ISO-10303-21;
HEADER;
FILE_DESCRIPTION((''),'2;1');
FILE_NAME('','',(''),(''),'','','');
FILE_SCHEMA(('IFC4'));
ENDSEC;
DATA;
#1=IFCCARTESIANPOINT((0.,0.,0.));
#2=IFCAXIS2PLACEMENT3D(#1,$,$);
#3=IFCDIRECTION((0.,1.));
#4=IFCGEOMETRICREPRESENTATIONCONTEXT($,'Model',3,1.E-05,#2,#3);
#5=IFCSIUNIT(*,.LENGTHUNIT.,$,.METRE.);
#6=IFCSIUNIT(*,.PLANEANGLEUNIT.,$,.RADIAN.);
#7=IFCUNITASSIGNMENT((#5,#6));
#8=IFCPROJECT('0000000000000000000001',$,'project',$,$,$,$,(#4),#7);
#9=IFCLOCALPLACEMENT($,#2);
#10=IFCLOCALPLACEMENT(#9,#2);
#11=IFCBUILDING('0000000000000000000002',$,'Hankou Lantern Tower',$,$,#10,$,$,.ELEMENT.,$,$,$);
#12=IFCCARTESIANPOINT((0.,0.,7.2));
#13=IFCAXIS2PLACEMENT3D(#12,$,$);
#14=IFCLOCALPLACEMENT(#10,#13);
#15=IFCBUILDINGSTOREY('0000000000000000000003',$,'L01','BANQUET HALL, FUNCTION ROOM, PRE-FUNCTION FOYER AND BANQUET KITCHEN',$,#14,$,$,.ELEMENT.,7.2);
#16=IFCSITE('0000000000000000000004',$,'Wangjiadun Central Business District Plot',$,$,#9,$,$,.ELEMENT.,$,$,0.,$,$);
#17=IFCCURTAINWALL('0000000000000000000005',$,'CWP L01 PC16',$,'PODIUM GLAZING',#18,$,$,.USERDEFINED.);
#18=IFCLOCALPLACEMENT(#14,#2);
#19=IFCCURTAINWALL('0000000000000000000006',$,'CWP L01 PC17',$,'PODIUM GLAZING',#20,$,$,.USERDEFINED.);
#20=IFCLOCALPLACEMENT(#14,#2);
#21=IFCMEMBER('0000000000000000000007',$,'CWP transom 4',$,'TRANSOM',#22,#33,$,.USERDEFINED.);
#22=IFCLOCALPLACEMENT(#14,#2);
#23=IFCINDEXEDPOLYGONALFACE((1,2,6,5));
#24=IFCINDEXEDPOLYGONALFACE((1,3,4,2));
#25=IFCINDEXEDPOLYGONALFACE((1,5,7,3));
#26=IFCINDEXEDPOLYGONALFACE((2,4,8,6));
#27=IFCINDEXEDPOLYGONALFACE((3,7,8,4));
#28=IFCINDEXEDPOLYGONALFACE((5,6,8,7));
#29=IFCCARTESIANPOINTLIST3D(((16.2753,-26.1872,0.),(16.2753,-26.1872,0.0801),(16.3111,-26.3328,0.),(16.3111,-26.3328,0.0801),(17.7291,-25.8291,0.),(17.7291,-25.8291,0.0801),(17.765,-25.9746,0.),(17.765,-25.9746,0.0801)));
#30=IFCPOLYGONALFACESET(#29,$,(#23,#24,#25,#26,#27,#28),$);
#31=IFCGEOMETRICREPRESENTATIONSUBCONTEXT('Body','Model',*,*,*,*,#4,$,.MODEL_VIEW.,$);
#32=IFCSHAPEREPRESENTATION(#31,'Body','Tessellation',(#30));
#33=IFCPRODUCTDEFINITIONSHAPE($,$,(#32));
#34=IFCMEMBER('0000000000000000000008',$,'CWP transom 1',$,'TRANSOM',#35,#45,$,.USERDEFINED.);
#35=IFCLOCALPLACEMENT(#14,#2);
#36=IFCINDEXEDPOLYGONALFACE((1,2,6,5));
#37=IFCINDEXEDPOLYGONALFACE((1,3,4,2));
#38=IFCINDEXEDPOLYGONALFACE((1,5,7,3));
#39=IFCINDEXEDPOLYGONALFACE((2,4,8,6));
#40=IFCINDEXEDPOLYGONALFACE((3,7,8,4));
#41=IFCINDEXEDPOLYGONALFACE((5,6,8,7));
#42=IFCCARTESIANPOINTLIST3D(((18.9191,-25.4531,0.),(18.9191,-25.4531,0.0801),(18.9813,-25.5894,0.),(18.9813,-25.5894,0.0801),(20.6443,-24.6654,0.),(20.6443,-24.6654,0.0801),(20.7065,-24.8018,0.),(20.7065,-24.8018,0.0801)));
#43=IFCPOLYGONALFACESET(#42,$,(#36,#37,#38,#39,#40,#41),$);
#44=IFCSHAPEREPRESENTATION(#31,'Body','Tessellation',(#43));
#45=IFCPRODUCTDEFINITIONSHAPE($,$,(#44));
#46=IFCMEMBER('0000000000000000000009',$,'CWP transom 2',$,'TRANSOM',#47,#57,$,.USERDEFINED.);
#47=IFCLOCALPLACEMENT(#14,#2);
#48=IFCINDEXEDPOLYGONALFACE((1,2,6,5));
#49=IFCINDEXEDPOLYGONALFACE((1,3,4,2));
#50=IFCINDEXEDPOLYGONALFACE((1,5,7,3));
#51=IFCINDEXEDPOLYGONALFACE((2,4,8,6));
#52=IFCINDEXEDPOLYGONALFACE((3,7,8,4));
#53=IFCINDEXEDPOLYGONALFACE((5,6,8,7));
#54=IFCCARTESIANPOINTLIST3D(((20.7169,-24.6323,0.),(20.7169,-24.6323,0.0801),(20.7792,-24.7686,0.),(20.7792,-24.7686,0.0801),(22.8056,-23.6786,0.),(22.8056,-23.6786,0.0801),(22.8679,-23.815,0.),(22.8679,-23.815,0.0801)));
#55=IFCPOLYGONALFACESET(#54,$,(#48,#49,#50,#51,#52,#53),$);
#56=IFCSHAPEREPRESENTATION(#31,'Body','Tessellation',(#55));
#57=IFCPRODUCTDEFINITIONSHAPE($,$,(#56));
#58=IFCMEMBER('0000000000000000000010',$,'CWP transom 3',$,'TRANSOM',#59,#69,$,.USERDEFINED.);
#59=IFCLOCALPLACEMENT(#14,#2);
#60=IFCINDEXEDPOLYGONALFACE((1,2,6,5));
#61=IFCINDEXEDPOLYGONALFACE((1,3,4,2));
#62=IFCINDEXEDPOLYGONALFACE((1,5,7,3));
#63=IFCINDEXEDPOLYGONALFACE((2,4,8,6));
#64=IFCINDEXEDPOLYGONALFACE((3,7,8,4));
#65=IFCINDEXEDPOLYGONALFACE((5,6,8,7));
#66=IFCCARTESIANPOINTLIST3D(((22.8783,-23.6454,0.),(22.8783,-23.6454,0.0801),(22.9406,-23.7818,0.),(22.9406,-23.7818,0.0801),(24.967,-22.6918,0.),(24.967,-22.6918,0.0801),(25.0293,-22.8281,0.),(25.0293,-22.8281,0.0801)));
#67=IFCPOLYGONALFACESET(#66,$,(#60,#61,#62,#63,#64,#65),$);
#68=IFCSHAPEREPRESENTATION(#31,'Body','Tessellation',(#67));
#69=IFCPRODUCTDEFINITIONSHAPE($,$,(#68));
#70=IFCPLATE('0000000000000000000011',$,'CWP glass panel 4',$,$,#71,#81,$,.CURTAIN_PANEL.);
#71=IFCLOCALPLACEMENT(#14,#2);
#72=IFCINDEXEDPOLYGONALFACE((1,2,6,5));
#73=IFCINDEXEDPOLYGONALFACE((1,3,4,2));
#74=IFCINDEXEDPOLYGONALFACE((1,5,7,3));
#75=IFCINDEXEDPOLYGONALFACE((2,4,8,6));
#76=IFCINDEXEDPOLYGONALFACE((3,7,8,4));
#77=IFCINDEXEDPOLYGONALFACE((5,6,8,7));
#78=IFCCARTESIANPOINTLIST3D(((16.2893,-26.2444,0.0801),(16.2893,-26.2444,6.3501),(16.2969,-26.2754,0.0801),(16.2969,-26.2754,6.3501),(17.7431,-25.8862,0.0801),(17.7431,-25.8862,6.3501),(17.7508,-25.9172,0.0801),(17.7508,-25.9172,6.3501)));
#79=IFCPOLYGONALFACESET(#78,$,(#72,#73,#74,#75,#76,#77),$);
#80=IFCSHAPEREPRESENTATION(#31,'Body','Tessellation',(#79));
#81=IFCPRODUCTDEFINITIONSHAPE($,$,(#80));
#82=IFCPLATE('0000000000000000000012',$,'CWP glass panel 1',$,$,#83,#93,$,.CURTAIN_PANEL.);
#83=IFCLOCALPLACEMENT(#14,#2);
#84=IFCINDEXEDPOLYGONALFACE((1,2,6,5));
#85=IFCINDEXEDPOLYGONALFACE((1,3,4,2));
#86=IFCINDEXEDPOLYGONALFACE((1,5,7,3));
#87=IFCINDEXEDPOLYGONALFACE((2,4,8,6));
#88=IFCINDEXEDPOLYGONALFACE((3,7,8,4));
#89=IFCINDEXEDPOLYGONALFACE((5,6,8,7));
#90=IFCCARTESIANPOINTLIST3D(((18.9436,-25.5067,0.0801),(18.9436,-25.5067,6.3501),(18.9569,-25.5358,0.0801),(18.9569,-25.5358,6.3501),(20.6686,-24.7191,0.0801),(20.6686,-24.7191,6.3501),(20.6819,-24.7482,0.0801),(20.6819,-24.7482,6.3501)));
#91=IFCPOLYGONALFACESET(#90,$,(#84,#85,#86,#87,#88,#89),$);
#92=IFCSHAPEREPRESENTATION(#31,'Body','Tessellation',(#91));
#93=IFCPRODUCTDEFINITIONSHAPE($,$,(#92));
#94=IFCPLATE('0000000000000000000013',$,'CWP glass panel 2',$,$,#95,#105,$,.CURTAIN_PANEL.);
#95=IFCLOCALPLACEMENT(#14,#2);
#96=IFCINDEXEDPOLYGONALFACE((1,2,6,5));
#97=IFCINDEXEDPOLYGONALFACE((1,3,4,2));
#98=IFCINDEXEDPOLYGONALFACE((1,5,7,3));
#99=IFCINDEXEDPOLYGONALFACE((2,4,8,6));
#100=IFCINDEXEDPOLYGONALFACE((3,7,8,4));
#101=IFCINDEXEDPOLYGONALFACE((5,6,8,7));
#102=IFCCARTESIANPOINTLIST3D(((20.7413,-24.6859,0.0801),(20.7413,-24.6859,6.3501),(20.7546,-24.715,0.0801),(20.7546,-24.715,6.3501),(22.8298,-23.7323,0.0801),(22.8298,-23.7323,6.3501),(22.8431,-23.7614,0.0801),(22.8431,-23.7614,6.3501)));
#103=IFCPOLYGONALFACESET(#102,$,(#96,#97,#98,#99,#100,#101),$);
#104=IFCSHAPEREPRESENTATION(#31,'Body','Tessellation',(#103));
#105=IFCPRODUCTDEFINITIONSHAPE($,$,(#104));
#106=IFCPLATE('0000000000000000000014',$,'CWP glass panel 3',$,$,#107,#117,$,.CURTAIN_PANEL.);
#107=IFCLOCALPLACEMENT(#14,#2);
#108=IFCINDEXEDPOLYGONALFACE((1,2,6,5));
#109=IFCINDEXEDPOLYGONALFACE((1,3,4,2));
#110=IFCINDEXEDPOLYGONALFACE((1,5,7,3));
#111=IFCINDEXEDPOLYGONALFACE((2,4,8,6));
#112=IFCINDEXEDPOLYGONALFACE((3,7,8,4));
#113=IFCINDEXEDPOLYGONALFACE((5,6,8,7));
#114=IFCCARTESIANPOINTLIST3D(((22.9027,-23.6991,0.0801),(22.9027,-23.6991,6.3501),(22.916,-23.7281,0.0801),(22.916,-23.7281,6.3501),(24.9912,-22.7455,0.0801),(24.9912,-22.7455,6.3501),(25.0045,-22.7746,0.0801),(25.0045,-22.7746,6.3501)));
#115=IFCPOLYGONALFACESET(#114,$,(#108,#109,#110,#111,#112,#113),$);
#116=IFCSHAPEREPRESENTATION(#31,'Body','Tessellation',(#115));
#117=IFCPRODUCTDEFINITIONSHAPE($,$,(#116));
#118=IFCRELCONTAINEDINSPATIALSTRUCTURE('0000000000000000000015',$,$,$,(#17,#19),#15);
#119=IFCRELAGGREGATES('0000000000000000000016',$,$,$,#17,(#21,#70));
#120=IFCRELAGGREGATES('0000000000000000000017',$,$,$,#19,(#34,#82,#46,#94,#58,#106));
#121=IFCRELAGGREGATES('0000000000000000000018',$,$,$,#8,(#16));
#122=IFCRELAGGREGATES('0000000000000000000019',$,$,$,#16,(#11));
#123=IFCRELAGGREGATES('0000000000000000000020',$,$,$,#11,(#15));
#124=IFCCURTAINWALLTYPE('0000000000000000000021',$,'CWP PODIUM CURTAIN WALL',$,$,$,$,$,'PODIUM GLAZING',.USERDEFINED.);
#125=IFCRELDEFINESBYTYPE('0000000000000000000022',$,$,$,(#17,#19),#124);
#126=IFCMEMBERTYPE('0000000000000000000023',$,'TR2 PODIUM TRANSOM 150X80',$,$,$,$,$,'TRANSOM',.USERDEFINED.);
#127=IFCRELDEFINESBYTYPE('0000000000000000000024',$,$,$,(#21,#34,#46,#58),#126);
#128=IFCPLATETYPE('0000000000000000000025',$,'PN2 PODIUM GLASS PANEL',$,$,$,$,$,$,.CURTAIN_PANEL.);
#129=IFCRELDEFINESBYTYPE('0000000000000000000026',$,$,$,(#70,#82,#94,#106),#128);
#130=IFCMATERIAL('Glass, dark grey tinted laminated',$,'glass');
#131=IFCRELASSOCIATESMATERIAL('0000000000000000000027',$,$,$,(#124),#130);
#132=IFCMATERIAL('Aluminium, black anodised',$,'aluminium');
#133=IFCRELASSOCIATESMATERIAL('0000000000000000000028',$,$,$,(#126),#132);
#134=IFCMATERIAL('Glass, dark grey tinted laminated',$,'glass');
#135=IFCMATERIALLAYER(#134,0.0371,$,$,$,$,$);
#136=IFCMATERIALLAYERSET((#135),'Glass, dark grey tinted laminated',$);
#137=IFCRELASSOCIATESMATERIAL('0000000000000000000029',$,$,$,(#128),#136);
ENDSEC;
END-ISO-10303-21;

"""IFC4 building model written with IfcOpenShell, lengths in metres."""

from ifc_helpers import new_model, si_unit, direction, frame, origin, origin_2d, place, context, subcontext, project, spatial, rectangle, extrude, material, layer, layer_set, material_profile, profile_set, type_object, element, aggregate, save


model = new_model("IFC4")

# Units and contexts
model_context = context("Model", 3, precision=1e-05, world=origin(), true_north=direction((0.0, 1.0)))
body_context = subcontext(model_context, "Body", "Model", "MODEL_VIEW")
ifc_project = project(units=[si_unit("LENGTHUNIT", "METRE"), si_unit("PLANEANGLEUNIT", "RADIAN")], contexts=[model_context])

# Site, building, storey
site_placement = place(None, origin())
site = spatial("IfcSite", under=ifc_project, at=site_placement, Name="Wangjiadun Central Business District Plot", CompositionType="ELEMENT", RefElevation=0.0)
building_placement = place(site_placement, origin())
building = spatial("IfcBuilding", under=site, at=building_placement, Name="Hankou Lantern Tower", CompositionType="ELEMENT")
storey_placement = place(building_placement, frame((0.0, 0.0, 7.2)))
storey = spatial("IfcBuildingStorey", under=building, at=storey_placement, Name="L01", Description="BANQUET HALL, FUNCTION ROOM, PRE-FUNCTION FOYER AND BANQUET KITCHEN", CompositionType="ELEMENT", Elevation=7.2)

# Curtain walls
ifc_material_1 = material(Name="Glass, dark grey tinted laminated", Category="glass")
curtain_wall_type = type_object("IfcCurtainWallType", Name="CWP PODIUM CURTAIN WALL", ElementType="PODIUM GLAZING", PredefinedType="USERDEFINED", material=ifc_material_1)
curtain_wall_1_placement = place(storey_placement, origin())
curtain_wall_1 = element("IfcCurtainWall", 1, at=curtain_wall_1_placement, inside=storey, type_object=curtain_wall_type, Name="CWP L01 PC16", ObjectType="PODIUM GLAZING", PredefinedType="USERDEFINED")
curtain_wall_2_placement = place(storey_placement, origin())
curtain_wall_2 = element("IfcCurtainWall", 2, at=curtain_wall_2_placement, inside=storey, type_object=curtain_wall_type, Name="CWP L01 PC17", ObjectType="PODIUM GLAZING", PredefinedType="USERDEFINED")

# Members
ifc_material_2 = material(Name="Aluminium, black anodised", Category="aluminium")
ifc_material_profile_1 = material_profile(ifc_material_2, rectangle(XDim=0.1499, YDim=0.0801, at=origin_2d()), Name="TR2 150X80")
ifc_profile_set_1 = profile_set([ifc_material_profile_1], Name="Aluminium, black anodised")
member_type_1 = type_object("IfcMemberType", Name="TR2 PODIUM TRANSOM 150X80", ElementType="TRANSOM", PredefinedType="USERDEFINED", material=ifc_profile_set_1)
member_1_placement = place(storey_placement, frame((16.2932, -26.26, 0.04), z_axis=(0.970971, 0.239196, 0.0), x_axis=(-0.239196, 0.970971, 0.0)))
member_1 = element("IfcMember", 3, at=member_1_placement, type_object=member_type_1, Name="CWP transom 4", ObjectType="TRANSOM", PredefinedType="USERDEFINED", context=body_context, shape_type="SweptSolid", body=[
    extrude(rectangle(XDim=0.1499, YDim=0.0801, at=origin_2d()), origin(), (0.0, 0.0, 1.0), 1.4973),
])
member_2_placement = place(storey_placement, frame((18.9502, -25.5212, 0.04), z_axis=(0.909677, 0.415316, 0.0), x_axis=(-0.415316, 0.909677, 0.0)))
member_2 = element("IfcMember", 4, at=member_2_placement, type_object=member_type_1, Name="CWP transom 1", ObjectType="TRANSOM", PredefinedType="USERDEFINED", context=body_context, shape_type="SweptSolid", body=[
    extrude(rectangle(XDim=0.1499, YDim=0.0801, at=origin_2d()), origin(), (0.0, 0.0, 1.0), 1.8965),
])
member_3_placement = place(storey_placement, frame((20.748, -24.7004, 0.04), z_axis=(0.90967, 0.415333, 0.0), x_axis=(-0.415333, 0.90967, 0.0)))
member_3 = element("IfcMember", 5, at=member_3_placement, type_object=member_type_1, Name="CWP transom 2", ObjectType="TRANSOM", PredefinedType="USERDEFINED", context=body_context, shape_type="SweptSolid", body=[
    extrude(rectangle(XDim=0.1499, YDim=0.0801, at=origin_2d()), origin(), (0.0, 0.0, 1.0), 2.2961),
])
member_4_placement = place(storey_placement, frame((22.9094, -23.7136, 0.04), z_axis=(0.90967, 0.415333, 0.0), x_axis=(-0.415333, 0.90967, 0.0)))
member_4 = element("IfcMember", 6, at=member_4_placement, type_object=member_type_1, Name="CWP transom 3", ObjectType="TRANSOM", PredefinedType="USERDEFINED", context=body_context, shape_type="SweptSolid", body=[
    extrude(rectangle(XDim=0.1499, YDim=0.0801, at=origin_2d()), origin(), (0.0, 0.0, 1.0), 2.2961),
])

# Plates
ifc_material_3 = material(Name="Glass, dark grey tinted laminated", Category="glass")
ifc_layer = layer(ifc_material_3, 0.0371)
ifc_layer_set = layer_set([ifc_layer], Name="Glass, dark grey tinted laminated")
plate_type = type_object("IfcPlateType", Name="PN2 PODIUM GLASS PANEL", PredefinedType="CURTAIN_PANEL", material=ifc_layer_set)
plate_1_placement = place(storey_placement, frame((17.02, -26.0808, 0.0801), z_axis=(0.0, 0.0, 1.0), x_axis=(0.970961, 0.239238, 0.0)))
plate_1 = element("IfcPlate", 7, at=plate_1_placement, type_object=plate_type, Name="CWP glass panel 4", PredefinedType="CURTAIN_PANEL", context=body_context, shape_type="SweptSolid", body=[
    extrude(rectangle(XDim=1.4973, YDim=0.032, at=origin_2d()), origin(), (0.0, 0.0, 1.0), 6.27),
])
aggregate(curtain_wall_1, [member_1, plate_1])
plate_2_placement = place(storey_placement, frame((19.8127, -25.1274, 0.0801), z_axis=(0.0, 0.0, 1.0), x_axis=(0.90967, 0.415332, 0.0)))
plate_2 = element("IfcPlate", 8, at=plate_2_placement, type_object=plate_type, Name="CWP glass panel 1", PredefinedType="CURTAIN_PANEL", context=body_context, shape_type="SweptSolid", body=[
    extrude(rectangle(XDim=1.8962, YDim=0.032, at=origin_2d()), origin(), (0.0, 0.0, 1.0), 6.27),
])
plate_3_placement = place(storey_placement, frame((21.7922, -24.2236, 0.0801), z_axis=(0.0, 0.0, 1.0), x_axis=(0.90967, 0.415332, 0.0)))
plate_3 = element("IfcPlate", 9, at=plate_3_placement, type_object=plate_type, Name="CWP glass panel 2", PredefinedType="CURTAIN_PANEL", context=body_context, shape_type="SweptSolid", body=[
    extrude(rectangle(XDim=2.2959, YDim=0.032, at=origin_2d()), origin(), (0.0, 0.0, 1.0), 6.27),
])
plate_4_placement = place(storey_placement, frame((23.9536, -23.2368, 0.0801), z_axis=(0.0, 0.0, 1.0), x_axis=(0.90967, 0.415332, 0.0)))
plate_4 = element("IfcPlate", 10, at=plate_4_placement, type_object=plate_type, Name="CWP glass panel 3", PredefinedType="CURTAIN_PANEL", context=body_context, shape_type="SweptSolid", body=[
    extrude(rectangle(XDim=2.2959, YDim=0.032, at=origin_2d()), origin(), (0.0, 0.0, 1.0), 6.27),
])
aggregate(curtain_wall_2, [member_2, plate_2, member_3, plate_3, member_4, plate_4])

save(model, "model.ifc")
